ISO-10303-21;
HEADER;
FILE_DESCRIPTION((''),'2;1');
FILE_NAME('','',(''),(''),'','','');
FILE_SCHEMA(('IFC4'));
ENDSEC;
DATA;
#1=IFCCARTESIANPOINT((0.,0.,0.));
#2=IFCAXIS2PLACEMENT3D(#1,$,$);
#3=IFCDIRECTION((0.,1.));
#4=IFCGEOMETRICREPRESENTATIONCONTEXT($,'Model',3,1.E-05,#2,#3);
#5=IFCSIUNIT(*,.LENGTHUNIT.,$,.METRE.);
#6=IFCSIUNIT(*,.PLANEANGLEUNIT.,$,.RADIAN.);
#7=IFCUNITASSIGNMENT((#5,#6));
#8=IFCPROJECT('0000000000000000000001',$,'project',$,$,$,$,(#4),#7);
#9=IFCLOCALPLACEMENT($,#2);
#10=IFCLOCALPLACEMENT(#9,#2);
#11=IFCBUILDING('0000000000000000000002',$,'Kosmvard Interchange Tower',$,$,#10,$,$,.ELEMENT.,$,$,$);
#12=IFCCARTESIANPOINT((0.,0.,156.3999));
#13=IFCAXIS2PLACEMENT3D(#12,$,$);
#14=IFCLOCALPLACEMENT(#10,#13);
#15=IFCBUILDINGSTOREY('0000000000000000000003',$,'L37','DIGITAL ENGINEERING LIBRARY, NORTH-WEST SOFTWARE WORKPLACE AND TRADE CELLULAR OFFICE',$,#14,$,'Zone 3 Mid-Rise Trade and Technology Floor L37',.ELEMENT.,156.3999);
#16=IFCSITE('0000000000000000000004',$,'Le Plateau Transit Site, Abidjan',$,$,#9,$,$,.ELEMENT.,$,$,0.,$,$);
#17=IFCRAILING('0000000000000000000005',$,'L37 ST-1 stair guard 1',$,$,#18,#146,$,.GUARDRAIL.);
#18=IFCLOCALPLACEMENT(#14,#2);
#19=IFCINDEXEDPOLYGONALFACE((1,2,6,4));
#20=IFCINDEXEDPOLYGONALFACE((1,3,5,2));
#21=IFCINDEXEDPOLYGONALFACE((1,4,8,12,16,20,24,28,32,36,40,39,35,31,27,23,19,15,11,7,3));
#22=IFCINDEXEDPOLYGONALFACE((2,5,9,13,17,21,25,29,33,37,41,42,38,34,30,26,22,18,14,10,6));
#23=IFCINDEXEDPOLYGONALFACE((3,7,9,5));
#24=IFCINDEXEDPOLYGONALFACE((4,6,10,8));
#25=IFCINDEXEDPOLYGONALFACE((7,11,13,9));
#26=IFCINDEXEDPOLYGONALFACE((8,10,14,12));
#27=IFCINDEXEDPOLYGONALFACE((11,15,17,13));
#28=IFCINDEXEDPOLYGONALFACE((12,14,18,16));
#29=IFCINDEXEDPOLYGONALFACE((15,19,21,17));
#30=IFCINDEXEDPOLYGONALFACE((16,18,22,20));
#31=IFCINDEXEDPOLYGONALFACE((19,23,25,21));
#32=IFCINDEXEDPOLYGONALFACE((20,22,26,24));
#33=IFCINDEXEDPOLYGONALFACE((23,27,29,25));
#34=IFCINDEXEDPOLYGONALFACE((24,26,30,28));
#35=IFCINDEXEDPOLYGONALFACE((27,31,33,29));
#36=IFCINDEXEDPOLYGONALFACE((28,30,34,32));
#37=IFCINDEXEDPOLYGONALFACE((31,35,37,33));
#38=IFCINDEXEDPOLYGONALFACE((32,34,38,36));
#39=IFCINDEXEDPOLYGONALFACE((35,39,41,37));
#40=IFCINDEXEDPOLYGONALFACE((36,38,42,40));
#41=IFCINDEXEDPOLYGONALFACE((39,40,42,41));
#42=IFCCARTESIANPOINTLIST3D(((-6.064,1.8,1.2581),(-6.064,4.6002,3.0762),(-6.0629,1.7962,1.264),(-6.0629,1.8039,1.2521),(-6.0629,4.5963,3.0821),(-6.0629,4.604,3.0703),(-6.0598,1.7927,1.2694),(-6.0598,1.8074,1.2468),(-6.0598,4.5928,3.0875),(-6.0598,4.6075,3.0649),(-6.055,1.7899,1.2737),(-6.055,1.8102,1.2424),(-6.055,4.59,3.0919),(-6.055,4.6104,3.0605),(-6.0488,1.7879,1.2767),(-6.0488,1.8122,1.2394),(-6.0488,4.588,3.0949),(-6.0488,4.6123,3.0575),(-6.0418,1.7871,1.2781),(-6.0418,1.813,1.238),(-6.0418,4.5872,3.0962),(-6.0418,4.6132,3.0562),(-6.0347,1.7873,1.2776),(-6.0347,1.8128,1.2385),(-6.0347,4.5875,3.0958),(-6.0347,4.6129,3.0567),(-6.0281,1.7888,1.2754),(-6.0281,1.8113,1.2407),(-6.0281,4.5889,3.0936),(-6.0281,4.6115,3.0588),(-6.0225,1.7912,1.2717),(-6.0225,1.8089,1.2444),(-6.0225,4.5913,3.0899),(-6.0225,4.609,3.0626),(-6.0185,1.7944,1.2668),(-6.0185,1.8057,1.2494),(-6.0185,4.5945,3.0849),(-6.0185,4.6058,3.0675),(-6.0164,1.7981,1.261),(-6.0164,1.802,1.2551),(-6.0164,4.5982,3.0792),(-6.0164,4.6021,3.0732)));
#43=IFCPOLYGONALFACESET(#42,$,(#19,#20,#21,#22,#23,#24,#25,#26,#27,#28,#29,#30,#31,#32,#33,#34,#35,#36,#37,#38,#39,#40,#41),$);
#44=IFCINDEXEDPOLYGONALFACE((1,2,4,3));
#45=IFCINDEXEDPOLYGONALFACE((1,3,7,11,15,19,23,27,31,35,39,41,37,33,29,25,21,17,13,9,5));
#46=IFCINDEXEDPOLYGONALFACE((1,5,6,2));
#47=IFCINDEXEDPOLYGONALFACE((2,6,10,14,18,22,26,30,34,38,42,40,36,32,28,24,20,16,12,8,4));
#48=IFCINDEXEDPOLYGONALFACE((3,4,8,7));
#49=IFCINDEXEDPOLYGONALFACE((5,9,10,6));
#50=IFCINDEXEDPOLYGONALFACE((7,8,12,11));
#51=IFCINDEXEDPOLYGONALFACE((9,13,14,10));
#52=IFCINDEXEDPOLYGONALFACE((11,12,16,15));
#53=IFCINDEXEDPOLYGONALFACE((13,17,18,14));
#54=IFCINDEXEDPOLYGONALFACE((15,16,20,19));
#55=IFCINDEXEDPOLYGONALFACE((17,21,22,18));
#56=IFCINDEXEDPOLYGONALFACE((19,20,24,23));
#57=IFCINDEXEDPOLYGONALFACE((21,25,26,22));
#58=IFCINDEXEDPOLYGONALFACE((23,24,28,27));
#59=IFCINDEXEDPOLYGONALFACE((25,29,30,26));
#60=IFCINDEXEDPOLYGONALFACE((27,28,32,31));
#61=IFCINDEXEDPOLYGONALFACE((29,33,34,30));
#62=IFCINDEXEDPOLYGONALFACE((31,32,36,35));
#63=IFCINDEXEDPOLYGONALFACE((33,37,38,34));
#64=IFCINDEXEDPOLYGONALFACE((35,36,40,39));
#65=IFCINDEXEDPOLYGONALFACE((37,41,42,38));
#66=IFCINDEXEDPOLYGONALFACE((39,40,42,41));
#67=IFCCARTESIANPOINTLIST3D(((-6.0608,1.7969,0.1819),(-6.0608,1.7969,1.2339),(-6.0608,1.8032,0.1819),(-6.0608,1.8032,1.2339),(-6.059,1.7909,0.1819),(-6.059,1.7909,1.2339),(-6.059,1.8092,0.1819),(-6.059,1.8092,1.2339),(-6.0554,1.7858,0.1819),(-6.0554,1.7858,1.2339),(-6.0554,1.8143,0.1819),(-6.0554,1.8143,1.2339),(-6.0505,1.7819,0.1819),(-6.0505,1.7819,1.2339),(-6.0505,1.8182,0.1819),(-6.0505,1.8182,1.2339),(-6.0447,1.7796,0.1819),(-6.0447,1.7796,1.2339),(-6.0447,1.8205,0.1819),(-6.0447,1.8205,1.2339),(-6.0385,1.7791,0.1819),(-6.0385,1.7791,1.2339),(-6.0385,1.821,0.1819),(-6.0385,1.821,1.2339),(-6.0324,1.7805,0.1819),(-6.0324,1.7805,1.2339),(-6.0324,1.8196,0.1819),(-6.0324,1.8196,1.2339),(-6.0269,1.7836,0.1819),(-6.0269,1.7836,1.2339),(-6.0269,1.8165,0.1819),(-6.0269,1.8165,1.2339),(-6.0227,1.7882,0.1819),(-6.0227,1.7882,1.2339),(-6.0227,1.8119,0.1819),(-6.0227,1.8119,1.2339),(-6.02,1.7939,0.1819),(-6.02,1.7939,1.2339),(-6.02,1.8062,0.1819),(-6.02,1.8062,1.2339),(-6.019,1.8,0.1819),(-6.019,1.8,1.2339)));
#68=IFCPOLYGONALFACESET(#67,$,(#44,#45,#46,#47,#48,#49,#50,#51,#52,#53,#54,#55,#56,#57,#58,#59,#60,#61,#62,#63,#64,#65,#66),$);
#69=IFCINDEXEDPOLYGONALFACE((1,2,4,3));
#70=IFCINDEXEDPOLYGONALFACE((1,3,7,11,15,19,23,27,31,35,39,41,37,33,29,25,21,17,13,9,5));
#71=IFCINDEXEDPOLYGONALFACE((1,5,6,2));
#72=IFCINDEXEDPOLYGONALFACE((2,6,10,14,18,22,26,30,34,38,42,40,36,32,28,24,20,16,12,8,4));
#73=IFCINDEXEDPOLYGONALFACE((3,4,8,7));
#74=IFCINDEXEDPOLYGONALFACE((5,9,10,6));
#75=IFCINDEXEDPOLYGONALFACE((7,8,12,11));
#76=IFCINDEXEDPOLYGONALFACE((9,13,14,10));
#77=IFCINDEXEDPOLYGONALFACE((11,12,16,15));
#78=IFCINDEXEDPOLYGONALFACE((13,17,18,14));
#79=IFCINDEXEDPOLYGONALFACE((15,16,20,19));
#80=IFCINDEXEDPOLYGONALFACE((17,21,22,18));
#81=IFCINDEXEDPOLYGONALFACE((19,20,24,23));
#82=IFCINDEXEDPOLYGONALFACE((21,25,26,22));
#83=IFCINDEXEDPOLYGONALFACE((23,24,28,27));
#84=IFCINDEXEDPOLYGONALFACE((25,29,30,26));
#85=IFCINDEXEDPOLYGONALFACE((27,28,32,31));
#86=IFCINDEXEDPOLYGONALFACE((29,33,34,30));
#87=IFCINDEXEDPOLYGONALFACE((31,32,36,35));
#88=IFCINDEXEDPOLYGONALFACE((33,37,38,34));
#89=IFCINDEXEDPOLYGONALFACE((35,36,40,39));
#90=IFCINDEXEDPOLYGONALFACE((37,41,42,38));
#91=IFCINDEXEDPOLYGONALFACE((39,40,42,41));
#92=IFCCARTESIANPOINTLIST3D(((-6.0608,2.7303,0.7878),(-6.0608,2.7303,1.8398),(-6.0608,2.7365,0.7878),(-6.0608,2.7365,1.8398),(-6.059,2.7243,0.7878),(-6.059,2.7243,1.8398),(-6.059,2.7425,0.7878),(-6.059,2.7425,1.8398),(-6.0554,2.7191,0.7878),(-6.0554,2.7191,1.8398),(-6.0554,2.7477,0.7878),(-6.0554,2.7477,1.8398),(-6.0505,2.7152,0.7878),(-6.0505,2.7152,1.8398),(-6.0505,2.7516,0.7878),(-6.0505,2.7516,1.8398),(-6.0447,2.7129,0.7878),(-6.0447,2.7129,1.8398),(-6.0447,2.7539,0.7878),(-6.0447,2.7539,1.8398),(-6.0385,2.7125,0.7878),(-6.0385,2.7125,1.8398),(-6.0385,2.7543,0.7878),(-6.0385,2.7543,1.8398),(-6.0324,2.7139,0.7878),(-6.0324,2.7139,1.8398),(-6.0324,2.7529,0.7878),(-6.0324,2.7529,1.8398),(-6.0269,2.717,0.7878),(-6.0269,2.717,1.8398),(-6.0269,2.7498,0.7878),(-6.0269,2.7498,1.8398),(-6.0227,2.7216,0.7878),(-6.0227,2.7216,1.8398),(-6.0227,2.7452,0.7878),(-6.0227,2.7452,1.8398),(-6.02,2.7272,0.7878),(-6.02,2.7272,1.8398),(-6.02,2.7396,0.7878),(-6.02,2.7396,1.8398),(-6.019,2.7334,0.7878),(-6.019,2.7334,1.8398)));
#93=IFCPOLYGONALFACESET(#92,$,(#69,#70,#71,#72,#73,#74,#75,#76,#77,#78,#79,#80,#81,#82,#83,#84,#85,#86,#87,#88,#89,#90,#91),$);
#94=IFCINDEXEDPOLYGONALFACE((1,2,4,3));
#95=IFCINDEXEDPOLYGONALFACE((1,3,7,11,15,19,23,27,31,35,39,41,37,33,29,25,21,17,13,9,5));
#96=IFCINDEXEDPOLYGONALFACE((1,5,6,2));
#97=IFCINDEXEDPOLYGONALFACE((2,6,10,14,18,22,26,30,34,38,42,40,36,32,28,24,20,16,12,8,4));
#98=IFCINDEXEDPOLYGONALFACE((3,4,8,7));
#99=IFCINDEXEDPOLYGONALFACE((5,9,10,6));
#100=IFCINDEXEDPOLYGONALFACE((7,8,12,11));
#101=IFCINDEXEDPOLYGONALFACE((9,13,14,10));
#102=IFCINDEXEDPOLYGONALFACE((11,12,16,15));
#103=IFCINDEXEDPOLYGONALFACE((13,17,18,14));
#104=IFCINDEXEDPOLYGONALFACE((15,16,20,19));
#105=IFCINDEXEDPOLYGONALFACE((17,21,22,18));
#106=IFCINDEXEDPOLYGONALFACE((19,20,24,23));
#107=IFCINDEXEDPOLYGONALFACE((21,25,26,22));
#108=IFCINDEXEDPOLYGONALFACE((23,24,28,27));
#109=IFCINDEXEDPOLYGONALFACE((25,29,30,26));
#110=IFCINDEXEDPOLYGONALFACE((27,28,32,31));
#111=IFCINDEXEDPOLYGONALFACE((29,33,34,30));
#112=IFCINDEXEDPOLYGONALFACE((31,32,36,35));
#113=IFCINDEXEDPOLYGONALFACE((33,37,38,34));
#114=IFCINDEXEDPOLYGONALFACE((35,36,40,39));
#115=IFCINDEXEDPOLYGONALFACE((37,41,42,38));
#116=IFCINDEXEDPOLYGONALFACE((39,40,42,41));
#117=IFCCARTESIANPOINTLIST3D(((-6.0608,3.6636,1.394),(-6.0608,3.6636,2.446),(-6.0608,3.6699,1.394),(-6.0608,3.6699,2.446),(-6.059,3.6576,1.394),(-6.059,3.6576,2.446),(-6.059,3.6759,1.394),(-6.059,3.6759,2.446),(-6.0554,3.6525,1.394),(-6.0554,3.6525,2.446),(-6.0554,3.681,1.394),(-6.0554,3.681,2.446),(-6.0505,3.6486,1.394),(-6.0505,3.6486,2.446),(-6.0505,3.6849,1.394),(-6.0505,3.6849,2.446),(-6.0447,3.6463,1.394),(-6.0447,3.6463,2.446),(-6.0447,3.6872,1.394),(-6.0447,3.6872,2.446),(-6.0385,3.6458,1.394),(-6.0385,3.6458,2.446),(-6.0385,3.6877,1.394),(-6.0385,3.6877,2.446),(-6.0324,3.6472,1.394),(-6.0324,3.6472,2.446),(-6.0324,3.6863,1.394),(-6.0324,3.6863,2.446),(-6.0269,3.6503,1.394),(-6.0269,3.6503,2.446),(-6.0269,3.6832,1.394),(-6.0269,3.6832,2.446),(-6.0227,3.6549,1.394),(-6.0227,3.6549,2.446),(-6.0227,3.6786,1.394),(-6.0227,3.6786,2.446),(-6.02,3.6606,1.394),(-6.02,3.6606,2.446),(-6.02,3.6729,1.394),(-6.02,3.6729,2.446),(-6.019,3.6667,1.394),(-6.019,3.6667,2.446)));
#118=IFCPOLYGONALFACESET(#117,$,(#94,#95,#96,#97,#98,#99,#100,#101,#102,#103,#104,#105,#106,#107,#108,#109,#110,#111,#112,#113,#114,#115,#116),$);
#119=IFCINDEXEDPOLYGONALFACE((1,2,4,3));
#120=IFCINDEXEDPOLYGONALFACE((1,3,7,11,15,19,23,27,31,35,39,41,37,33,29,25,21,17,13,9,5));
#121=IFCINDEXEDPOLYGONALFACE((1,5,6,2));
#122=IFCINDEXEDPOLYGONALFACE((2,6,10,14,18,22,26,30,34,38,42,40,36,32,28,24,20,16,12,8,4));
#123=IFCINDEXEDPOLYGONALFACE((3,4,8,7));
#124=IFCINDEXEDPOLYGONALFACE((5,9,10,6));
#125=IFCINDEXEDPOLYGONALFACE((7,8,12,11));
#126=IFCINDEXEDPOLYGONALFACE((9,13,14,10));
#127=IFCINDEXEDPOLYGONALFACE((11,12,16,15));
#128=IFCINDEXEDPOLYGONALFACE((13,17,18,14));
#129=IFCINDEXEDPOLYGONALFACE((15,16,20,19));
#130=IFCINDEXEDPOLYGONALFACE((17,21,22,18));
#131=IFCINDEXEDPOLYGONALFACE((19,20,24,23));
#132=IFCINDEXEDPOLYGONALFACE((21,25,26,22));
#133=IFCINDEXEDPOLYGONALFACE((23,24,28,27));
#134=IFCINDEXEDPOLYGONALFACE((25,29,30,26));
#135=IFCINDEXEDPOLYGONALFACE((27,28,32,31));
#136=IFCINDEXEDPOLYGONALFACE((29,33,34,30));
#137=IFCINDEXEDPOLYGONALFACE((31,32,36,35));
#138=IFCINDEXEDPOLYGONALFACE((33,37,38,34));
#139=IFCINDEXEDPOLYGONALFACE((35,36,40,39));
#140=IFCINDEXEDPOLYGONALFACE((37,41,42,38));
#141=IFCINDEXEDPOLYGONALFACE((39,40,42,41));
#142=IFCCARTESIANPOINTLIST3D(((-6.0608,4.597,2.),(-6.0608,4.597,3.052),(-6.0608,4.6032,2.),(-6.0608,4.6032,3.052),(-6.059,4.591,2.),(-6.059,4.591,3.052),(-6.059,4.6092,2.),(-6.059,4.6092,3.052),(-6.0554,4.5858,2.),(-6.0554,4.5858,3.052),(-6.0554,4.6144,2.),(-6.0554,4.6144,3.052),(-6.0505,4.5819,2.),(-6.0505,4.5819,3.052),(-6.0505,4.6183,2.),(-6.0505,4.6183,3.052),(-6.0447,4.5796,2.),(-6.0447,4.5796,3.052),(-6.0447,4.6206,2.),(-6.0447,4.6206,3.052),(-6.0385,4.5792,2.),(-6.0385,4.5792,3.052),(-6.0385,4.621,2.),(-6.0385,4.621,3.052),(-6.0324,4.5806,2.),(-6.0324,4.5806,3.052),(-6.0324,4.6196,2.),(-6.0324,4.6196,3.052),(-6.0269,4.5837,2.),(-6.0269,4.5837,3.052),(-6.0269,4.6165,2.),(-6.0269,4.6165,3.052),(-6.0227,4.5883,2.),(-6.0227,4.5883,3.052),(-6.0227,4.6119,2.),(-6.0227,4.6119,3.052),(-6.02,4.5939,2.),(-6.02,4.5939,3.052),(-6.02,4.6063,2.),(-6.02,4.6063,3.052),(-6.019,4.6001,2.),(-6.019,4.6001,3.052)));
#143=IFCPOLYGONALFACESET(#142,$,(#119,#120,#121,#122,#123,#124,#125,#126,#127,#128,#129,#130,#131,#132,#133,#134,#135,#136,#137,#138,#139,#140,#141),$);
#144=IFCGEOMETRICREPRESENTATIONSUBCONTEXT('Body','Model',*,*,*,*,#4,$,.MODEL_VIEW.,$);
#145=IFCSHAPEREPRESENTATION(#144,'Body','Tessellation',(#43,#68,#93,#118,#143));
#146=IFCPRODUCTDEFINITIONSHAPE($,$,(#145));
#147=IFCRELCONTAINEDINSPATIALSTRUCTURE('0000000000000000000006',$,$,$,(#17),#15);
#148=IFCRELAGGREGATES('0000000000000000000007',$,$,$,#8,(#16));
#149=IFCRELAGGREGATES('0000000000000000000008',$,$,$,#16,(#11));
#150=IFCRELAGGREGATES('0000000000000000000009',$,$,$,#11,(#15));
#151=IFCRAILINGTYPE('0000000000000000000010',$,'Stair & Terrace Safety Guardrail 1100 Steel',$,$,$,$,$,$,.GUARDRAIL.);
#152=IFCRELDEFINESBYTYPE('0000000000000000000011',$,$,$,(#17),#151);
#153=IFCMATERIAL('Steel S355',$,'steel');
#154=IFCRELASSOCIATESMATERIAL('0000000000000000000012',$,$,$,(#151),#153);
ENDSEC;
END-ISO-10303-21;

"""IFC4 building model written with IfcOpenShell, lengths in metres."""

from ifc_helpers import new_model, si_unit, direction, frame, origin, origin_2d, place, context, subcontext, project, spatial, circle, extrude, source, transform, mapped, material, type_object, element, save


model = new_model("IFC4")

# Units and contexts
model_context = context("Model", 3, precision=1e-05, world=origin(), true_north=direction((0.0, 1.0)))
body_context = subcontext(model_context, "Body", "Model", "MODEL_VIEW")
ifc_project = project(units=[si_unit("LENGTHUNIT", "METRE"), si_unit("PLANEANGLEUNIT", "RADIAN")], contexts=[model_context])

# Site, building, storey
site_placement = place(None, origin())
site = spatial("IfcSite", under=ifc_project, at=site_placement, Name="Le Plateau Transit Site, Abidjan", CompositionType="ELEMENT", RefElevation=0.0)
building_placement = place(site_placement, origin())
building = spatial("IfcBuilding", under=site, at=building_placement, Name="Kosmvard Interchange Tower", CompositionType="ELEMENT")
storey_placement = place(building_placement, frame((0.0, 0.0, 156.3999)))
storey = spatial("IfcBuildingStorey", under=building, at=storey_placement, Name="L37", Description="DIGITAL ENGINEERING LIBRARY, NORTH-WEST SOFTWARE WORKPLACE AND TRADE CELLULAR OFFICE", LongName="Zone 3 Mid-Rise Trade and Technology Floor L37", CompositionType="ELEMENT", Elevation=156.3999)

# Railing
ifc_material_1 = material(Name="Steel S355", Category="steel")
railing_type_1 = type_object("IfcRailingType", Name="Stair & Terrace Safety Guardrail 1100 Steel", PredefinedType="GUARDRAIL", material=ifc_material_1)
shared_shape_1 = source(origin(), body_context, "Body", "SweptSolid", [
    extrude(circle(Radius=0.0239, at=origin_2d()), frame((0.0, 0.0, 1.0762), z_axis=(0.0, 0.838706, 0.544585), x_axis=(-1.0, 0.0, 0.0)), (0.0, 0.0, 1.0), 3.3386),
    extrude(circle(Radius=0.021, at=origin_2d()), origin(), (0.0, 0.0, 1.0), 1.052),
    extrude(circle(Radius=0.021, at=origin_2d()), frame((0.0, 0.9333, 0.606)), (0.0, 0.0, 1.0), 1.052),
    extrude(circle(Radius=0.021, at=origin_2d()), frame((0.0, 1.8667, 1.2122)), (0.0, 0.0, 1.0), 1.052),
    extrude(circle(Radius=0.021, at=origin_2d()), frame((0.0, 2.8, 1.8181)), (0.0, 0.0, 1.0), 1.052),
])
railing_1_placement = place(storey_placement, frame((-6.04, 1.8, 0.1819)))
element("IfcRailing", 1, at=railing_1_placement, inside=storey, type_object=railing_type_1, Name="L37 ST-1 stair guard 1", PredefinedType="GUARDRAIL", context=body_context, shape_type="MappedRepresentation", body=[
    mapped(shared_shape_1, transform((0.0, 0.0, 0.0), scale=1.0)),
])

save(model, "model.ifc")
